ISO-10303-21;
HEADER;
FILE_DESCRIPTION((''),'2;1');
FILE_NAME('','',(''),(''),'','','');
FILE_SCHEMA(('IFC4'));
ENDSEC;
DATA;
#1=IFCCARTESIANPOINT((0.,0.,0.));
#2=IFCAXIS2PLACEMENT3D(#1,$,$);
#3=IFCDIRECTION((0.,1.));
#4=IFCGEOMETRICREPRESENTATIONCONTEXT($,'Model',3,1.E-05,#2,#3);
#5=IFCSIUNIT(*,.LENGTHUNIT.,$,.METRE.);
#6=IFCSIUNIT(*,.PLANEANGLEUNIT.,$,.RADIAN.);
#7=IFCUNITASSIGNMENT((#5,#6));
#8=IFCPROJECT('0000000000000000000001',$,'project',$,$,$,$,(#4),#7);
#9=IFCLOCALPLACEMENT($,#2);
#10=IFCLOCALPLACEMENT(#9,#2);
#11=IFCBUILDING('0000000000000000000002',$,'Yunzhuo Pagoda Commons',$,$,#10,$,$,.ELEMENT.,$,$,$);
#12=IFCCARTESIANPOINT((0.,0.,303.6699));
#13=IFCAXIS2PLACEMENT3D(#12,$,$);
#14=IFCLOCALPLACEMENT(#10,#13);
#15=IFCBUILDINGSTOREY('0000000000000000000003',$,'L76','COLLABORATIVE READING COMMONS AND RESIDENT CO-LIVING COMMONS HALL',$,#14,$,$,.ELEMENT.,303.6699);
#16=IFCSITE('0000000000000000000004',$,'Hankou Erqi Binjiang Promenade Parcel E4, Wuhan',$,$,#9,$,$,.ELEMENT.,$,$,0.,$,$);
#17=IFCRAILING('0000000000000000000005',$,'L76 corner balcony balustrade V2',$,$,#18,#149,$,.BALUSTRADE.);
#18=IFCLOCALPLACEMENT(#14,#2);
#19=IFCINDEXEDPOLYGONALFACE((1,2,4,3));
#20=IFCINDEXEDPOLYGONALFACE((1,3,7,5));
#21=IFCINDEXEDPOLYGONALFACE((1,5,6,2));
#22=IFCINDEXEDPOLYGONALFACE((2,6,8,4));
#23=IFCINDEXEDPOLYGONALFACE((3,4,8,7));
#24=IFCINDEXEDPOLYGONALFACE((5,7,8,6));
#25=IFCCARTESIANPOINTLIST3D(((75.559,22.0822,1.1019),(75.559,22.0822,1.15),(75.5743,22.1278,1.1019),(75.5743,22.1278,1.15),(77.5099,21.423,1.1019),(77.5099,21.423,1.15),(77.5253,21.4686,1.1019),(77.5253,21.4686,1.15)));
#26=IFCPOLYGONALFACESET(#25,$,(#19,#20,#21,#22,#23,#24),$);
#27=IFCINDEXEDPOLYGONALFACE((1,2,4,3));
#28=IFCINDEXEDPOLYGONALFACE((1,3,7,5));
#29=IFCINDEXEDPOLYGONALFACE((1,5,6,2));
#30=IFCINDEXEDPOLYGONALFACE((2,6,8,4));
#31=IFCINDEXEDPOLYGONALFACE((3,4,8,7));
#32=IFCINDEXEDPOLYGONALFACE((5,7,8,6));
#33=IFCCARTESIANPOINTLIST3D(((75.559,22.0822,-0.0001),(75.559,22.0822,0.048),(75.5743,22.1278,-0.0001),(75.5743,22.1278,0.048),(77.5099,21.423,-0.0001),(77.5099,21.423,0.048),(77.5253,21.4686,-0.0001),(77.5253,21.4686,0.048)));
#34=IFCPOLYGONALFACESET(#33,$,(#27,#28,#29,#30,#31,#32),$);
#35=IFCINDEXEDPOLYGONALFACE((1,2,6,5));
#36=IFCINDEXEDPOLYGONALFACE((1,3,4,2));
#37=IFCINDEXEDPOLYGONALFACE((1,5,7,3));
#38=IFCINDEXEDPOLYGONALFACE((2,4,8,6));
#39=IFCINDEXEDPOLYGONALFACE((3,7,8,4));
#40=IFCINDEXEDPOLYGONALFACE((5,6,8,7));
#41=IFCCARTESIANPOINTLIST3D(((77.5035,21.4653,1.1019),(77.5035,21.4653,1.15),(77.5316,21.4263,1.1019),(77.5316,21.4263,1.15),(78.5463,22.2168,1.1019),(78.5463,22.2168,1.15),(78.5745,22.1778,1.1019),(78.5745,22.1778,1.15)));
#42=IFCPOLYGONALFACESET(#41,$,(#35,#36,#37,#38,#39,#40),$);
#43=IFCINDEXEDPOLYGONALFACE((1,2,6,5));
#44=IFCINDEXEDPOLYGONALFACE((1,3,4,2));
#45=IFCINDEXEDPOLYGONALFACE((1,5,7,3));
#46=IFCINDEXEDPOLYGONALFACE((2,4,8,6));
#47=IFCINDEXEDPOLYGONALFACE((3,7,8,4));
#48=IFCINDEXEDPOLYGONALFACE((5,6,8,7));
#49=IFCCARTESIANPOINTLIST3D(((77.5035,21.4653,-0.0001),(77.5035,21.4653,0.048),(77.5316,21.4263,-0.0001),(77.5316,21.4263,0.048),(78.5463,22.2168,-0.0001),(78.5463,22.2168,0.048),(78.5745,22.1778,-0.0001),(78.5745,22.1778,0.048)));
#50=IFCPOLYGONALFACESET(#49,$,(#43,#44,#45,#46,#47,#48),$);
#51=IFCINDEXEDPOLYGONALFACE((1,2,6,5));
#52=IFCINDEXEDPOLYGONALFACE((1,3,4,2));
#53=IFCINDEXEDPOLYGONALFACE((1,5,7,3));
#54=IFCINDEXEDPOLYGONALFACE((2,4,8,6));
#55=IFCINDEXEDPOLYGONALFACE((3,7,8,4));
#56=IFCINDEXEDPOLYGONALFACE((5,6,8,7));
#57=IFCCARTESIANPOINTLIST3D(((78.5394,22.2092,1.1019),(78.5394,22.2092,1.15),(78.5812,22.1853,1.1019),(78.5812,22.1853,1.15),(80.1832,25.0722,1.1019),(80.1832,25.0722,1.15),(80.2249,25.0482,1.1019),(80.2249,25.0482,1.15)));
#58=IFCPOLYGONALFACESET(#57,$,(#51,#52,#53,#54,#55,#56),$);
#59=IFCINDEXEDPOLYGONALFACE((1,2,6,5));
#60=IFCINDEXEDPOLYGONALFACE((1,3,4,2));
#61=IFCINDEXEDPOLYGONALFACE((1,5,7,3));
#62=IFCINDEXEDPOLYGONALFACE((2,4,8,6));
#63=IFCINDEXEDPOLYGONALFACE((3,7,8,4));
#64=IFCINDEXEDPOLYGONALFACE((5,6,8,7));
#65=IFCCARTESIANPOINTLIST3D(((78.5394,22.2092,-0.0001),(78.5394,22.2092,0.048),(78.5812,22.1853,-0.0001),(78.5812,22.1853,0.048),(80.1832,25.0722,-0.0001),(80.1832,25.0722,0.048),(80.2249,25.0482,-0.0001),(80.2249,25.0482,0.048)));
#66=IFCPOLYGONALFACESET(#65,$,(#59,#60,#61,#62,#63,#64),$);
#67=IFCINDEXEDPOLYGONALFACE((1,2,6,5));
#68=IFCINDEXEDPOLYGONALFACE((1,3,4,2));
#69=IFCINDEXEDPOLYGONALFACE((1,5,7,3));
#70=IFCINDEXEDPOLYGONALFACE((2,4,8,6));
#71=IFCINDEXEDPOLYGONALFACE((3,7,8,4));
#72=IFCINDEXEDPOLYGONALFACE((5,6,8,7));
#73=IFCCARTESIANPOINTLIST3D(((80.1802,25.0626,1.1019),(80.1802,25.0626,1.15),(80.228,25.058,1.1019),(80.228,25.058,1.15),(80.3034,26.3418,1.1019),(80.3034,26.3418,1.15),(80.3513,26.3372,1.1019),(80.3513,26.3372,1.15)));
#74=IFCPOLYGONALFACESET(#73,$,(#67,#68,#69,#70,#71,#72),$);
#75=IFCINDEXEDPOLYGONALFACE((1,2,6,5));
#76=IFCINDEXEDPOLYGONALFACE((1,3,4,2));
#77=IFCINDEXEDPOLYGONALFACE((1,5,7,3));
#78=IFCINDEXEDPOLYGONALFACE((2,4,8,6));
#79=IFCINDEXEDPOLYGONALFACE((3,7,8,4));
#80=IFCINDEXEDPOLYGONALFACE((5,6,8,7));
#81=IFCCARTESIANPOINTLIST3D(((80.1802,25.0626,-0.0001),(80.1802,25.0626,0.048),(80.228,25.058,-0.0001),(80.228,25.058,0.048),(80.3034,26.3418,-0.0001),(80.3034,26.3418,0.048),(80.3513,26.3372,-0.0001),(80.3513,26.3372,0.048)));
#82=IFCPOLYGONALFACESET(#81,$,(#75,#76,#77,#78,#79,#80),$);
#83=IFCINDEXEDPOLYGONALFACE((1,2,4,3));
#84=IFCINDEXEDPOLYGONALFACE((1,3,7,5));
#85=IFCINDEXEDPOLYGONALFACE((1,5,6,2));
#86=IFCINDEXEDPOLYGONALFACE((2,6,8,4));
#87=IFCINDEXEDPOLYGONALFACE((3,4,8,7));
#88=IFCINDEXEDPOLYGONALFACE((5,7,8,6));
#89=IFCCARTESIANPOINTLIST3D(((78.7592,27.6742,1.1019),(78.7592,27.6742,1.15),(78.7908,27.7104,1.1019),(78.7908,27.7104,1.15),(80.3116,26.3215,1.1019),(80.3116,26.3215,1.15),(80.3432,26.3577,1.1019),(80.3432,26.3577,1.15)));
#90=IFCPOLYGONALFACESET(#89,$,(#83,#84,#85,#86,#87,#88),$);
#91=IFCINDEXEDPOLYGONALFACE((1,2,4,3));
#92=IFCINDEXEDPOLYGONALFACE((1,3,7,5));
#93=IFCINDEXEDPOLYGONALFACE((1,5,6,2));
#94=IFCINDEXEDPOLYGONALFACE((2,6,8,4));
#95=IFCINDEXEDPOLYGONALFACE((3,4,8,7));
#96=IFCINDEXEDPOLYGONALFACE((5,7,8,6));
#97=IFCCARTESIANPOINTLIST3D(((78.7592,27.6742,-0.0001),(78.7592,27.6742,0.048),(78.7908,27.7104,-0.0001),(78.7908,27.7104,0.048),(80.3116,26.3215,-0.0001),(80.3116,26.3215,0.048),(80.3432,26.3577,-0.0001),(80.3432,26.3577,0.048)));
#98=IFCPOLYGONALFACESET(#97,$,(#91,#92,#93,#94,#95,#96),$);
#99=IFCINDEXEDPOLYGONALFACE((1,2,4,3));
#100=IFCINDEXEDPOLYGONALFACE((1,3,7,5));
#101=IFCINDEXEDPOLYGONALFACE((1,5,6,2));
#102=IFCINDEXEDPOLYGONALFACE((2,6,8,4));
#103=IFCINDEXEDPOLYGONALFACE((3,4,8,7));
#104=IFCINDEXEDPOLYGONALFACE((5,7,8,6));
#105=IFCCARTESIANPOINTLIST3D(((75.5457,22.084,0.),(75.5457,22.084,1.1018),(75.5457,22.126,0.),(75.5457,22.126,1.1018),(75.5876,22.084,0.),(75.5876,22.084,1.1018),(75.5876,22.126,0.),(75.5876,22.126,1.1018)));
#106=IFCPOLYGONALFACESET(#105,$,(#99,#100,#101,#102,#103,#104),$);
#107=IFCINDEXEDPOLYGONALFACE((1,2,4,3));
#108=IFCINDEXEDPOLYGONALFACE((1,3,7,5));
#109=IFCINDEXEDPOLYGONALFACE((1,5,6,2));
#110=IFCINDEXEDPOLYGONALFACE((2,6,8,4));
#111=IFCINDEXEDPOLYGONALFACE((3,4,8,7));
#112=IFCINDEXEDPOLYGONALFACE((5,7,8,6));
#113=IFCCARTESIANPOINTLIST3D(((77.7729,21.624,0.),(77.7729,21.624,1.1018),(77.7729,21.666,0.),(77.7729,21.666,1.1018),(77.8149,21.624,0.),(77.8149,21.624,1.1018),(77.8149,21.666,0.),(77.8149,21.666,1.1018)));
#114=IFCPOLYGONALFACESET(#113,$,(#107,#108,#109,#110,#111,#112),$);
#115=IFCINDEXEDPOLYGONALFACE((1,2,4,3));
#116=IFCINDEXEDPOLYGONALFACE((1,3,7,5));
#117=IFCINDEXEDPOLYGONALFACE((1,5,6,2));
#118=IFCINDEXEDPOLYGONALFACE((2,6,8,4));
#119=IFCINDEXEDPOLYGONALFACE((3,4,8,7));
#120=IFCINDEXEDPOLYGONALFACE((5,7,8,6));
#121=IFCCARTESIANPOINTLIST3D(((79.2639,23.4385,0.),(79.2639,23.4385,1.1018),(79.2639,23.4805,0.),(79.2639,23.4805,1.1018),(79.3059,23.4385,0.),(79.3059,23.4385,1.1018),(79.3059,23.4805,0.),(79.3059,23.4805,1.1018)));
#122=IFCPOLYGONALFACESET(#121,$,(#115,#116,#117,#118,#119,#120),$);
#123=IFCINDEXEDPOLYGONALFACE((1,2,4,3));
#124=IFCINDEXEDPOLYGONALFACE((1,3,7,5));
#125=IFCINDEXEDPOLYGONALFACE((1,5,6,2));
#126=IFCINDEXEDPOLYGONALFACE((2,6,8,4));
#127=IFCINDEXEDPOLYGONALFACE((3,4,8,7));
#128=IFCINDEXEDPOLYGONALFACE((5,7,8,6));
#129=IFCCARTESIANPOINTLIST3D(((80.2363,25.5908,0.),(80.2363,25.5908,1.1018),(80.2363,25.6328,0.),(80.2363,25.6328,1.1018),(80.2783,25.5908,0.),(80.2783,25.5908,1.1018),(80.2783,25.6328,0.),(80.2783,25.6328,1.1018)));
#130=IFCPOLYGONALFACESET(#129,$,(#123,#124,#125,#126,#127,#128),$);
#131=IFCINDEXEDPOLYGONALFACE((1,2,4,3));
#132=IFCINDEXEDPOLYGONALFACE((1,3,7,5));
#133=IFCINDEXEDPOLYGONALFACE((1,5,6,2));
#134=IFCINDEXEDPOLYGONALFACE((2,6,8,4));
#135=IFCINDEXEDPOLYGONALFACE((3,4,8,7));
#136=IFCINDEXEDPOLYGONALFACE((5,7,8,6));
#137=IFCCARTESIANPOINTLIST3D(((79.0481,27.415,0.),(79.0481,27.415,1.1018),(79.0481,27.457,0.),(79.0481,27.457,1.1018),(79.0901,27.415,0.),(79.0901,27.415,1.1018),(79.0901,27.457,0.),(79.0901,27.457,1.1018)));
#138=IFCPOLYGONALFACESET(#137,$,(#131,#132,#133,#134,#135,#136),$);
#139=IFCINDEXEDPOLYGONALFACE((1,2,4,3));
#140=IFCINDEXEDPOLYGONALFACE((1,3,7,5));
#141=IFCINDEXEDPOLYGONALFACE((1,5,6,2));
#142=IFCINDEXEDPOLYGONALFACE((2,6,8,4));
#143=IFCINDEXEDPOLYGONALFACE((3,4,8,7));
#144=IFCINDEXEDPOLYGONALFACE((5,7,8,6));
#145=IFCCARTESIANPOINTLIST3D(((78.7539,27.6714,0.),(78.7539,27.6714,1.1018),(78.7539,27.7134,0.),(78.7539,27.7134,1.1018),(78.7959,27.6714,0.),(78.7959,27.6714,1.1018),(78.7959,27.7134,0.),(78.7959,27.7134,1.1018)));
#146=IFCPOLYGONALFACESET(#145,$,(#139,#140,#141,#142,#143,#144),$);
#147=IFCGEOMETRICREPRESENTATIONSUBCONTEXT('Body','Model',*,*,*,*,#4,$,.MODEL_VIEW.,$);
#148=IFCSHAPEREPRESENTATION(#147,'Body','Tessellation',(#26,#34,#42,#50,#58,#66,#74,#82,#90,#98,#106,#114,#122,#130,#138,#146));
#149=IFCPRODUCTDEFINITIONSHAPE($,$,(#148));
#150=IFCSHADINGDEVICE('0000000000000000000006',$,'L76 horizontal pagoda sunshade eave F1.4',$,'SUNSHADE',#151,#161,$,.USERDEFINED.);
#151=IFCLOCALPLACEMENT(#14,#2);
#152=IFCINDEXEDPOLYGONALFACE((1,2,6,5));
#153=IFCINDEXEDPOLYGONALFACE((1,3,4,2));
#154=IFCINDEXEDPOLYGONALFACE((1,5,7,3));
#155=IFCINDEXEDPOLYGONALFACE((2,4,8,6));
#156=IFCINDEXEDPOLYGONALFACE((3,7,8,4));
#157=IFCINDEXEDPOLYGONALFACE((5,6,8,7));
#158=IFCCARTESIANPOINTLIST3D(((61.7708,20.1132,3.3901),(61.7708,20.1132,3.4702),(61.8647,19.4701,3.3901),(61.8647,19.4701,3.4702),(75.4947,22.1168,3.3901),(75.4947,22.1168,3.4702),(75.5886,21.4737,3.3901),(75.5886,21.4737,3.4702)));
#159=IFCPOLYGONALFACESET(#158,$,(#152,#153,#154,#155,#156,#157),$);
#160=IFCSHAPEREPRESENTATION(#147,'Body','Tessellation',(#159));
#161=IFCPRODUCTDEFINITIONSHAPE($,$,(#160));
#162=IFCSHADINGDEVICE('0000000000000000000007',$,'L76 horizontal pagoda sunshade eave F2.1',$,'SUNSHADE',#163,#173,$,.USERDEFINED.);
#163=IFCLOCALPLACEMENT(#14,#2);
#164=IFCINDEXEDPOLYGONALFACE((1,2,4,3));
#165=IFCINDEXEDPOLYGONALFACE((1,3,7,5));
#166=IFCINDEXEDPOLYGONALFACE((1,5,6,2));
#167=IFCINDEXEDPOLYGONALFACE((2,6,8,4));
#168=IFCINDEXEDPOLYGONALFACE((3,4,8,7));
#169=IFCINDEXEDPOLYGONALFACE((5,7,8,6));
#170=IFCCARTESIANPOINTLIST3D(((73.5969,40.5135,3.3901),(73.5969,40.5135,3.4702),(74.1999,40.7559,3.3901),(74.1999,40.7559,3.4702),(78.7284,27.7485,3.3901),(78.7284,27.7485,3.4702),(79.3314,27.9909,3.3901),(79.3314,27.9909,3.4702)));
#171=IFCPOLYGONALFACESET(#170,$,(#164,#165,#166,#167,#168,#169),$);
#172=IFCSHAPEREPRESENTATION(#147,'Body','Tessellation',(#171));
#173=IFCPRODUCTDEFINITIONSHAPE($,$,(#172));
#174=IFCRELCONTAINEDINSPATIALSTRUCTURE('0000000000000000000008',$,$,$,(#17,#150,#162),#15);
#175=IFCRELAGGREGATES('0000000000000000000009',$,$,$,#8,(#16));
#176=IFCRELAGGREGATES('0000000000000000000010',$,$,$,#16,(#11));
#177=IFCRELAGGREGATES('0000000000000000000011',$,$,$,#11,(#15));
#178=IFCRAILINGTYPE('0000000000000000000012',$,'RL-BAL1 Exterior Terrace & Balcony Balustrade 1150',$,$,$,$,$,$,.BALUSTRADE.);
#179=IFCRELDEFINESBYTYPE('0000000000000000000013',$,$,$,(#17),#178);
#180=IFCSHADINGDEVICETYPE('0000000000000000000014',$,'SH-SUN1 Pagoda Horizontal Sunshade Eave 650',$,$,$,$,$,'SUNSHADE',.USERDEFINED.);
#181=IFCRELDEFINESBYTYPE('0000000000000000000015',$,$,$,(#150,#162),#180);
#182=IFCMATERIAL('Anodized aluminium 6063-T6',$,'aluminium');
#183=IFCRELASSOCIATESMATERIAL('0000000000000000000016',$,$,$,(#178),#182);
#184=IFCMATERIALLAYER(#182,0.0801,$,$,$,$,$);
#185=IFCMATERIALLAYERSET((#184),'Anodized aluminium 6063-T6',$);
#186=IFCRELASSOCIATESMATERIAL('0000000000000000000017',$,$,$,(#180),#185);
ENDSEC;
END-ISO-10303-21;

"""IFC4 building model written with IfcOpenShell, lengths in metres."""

from ifc_helpers import new_model, si_unit, direction, frame, origin, origin_2d, place, context, subcontext, project, spatial, rectangle, extrude, source, transform, mapped, material, layer, layer_set, type_object, element, save


model = new_model("IFC4")

# Units and contexts
model_context = context("Model", 3, precision=1e-05, world=origin(), true_north=direction((0.0, 1.0)))
body_context = subcontext(model_context, "Body", "Model", "MODEL_VIEW")
ifc_project = project(units=[si_unit("LENGTHUNIT", "METRE"), si_unit("PLANEANGLEUNIT", "RADIAN")], contexts=[model_context])

# Site, building, storey
site_placement = place(None, origin())
site = spatial("IfcSite", under=ifc_project, at=site_placement, Name="Hankou Erqi Binjiang Promenade Parcel E4, Wuhan", CompositionType="ELEMENT", RefElevation=0.0)
building_placement = place(site_placement, origin())
building = spatial("IfcBuilding", under=site, at=building_placement, Name="Yunzhuo Pagoda Commons", CompositionType="ELEMENT")
storey_placement = place(building_placement, frame((0.0, 0.0, 303.6699)))
storey = spatial("IfcBuildingStorey", under=building, at=storey_placement, Name="L76", Description="COLLABORATIVE READING COMMONS AND RESIDENT CO-LIVING COMMONS HALL", CompositionType="ELEMENT", Elevation=303.6699)

# Shared definitions
ifc_material_1 = material(Name="Anodized aluminium 6063-T6", Category="aluminium")

# Railing
railing_type = type_object("IfcRailingType", Name="RL-BAL1 Exterior Terrace & Balcony Balustrade 1150", PredefinedType="BALUSTRADE", material=ifc_material_1)
railing_placement = place(storey_placement, frame((75.5667, 22.105, 0.0)))
element("IfcRailing", 1, at=railing_placement, inside=storey, type_object=railing_type, Name="L76 corner balcony balustrade V2", PredefinedType="BALUSTRADE", context=body_context, shape_type="SweptSolid", body=[
    extrude(rectangle(XDim=0.0481, YDim=0.0481, at=origin_2d()), frame((0.0, 0.0, 1.126), z_axis=(0.947383, -0.320102, 0.0), x_axis=(0.320102, 0.947383, 0.0)), (0.0, 0.0, 1.0), 2.0593),
    extrude(rectangle(XDim=0.0481, YDim=0.0481, at=origin_2d()), frame((0.0, 0.0, 0.0239), z_axis=(0.947383, -0.320102, 0.0), x_axis=(0.320102, 0.947383, 0.0)), (0.0, 0.0, 1.0), 2.0593),
    extrude(rectangle(XDim=0.0481, YDim=0.0481, at=origin_2d()), frame((1.9509, -0.6592, 1.126), z_axis=(0.811275, 0.584665, 0.0), x_axis=(-0.584665, 0.811275, 0.0)), (0.0, 0.0, 1.0), 1.2854),
    extrude(rectangle(XDim=0.0481, YDim=0.0481, at=origin_2d()), frame((1.9509, -0.6592, 0.0239), z_axis=(0.811275, 0.584665, 0.0), x_axis=(-0.584665, 0.811275, 0.0)), (0.0, 0.0, 1.0), 1.2854),
    extrude(rectangle(XDim=0.0481, YDim=0.0481, at=origin_2d()), frame((2.9937, 0.0923, 1.126), z_axis=(0.497914, 0.867226, 0.0), x_axis=(-0.867226, 0.497914, 0.0)), (0.0, 0.0, 1.0), 3.3013),
    extrude(rectangle(XDim=0.0481, YDim=0.0481, at=origin_2d()), frame((2.9937, 0.0923, 0.0239), z_axis=(0.497914, 0.867226, 0.0), x_axis=(-0.867226, 0.497914, 0.0)), (0.0, 0.0, 1.0), 3.3013),
    extrude(rectangle(XDim=0.0481, YDim=0.0481, at=origin_2d()), frame((4.6375, 2.9553, 1.126), z_axis=(0.09593, 0.995388, 0.0), x_axis=(-0.995388, 0.09593, 0.0)), (0.0, 0.0, 1.0), 1.2852),
    extrude(rectangle(XDim=0.0481, YDim=0.0481, at=origin_2d()), frame((4.6375, 2.9553, 0.0239), z_axis=(0.09593, 0.995388, 0.0), x_axis=(-0.995388, 0.09593, 0.0)), (0.0, 0.0, 1.0), 1.2852),
    extrude(rectangle(XDim=0.0481, YDim=0.0481, at=origin_2d()), frame((4.7607, 4.2346, 1.126), z_axis=(-0.753934, 0.65695, 0.0), x_axis=(-0.65695, -0.753934, 0.0)), (0.0, 0.0, 1.0), 2.0591),
    extrude(rectangle(XDim=0.0481, YDim=0.0481, at=origin_2d()), frame((4.7607, 4.2346, 0.0239), z_axis=(-0.753934, 0.65695, 0.0), x_axis=(-0.65695, -0.753934, 0.0)), (0.0, 0.0, 1.0), 2.0591),
    extrude(rectangle(XDim=0.042, YDim=0.042, at=origin_2d()), origin(), (0.0, 0.0, 1.0), 1.1018),
    extrude(rectangle(XDim=0.042, YDim=0.042, at=origin_2d()), frame((2.2273, -0.46, 0.0)), (0.0, 0.0, 1.0), 1.1018),
    extrude(rectangle(XDim=0.042, YDim=0.042, at=origin_2d()), frame((3.7183, 1.3545, 0.0)), (0.0, 0.0, 1.0), 1.1018),
    extrude(rectangle(XDim=0.042, YDim=0.042, at=origin_2d()), frame((4.6907, 3.5068, 0.0)), (0.0, 0.0, 1.0), 1.1018),
    extrude(rectangle(XDim=0.042, YDim=0.042, at=origin_2d()), frame((3.5024, 5.3311, 0.0)), (0.0, 0.0, 1.0), 1.1018),
    extrude(rectangle(XDim=0.042, YDim=0.042, at=origin_2d()), frame((3.2083, 5.5874, 0.0)), (0.0, 0.0, 1.0), 1.1018),
])

# Shading devices
ifc_layer_1 = layer(ifc_material_1, 0.0801)
ifc_layer_set_1 = layer_set([ifc_layer_1], Name="Anodized aluminium 6063-T6")
shading_device_type = type_object("IfcShadingDeviceType", Name="SH-SUN1 Pagoda Horizontal Sunshade Eave 650", ElementType="SUNSHADE", PredefinedType="USERDEFINED", material=ifc_layer_set_1)
shared_shape_1 = source(origin(), body_context, "Body", "SweptSolid", [
    extrude(rectangle(XDim=13.8694, YDim=0.6499, at=origin_2d()), origin(), (0.0, 0.0, 1.0), 0.0801),
])
shading_device_1_placement = place(storey_placement, frame((68.6797, 20.7935, 3.3901), z_axis=(0.0, 0.0, 1.0), x_axis=(0.989511, 0.14446, 0.0)))
element("IfcShadingDevice", 2, at=shading_device_1_placement, inside=storey, type_object=shading_device_type, Name="L76 horizontal pagoda sunshade eave F1.4", ObjectType="SUNSHADE", PredefinedType="USERDEFINED", context=body_context, shape_type="MappedRepresentation", body=[
    mapped(shared_shape_1, transform((0.0, 0.0, 0.0), scale=1.0)),
])
shared_shape_2 = source(origin(), body_context, "Body", "SweptSolid", [
    extrude(rectangle(XDim=13.7578, YDim=0.6499, at=origin_2d()), origin(), (0.0, 0.0, 1.0), 0.0801),
])
shading_device_2_placement = place(storey_placement, frame((76.4641, 34.2522, 3.3901), z_axis=(0.0, 0.0, 1.0), x_axis=(-0.372988, 0.927836, 0.0)))
element("IfcShadingDevice", 3, at=shading_device_2_placement, inside=storey, type_object=shading_device_type, Name="L76 horizontal pagoda sunshade eave F2.1", ObjectType="SUNSHADE", PredefinedType="USERDEFINED", context=body_context, shape_type="MappedRepresentation", body=[
    mapped(shared_shape_2, transform((0.0, 0.0, 0.0), scale=1.0)),
])

save(model, "model.ifc")
